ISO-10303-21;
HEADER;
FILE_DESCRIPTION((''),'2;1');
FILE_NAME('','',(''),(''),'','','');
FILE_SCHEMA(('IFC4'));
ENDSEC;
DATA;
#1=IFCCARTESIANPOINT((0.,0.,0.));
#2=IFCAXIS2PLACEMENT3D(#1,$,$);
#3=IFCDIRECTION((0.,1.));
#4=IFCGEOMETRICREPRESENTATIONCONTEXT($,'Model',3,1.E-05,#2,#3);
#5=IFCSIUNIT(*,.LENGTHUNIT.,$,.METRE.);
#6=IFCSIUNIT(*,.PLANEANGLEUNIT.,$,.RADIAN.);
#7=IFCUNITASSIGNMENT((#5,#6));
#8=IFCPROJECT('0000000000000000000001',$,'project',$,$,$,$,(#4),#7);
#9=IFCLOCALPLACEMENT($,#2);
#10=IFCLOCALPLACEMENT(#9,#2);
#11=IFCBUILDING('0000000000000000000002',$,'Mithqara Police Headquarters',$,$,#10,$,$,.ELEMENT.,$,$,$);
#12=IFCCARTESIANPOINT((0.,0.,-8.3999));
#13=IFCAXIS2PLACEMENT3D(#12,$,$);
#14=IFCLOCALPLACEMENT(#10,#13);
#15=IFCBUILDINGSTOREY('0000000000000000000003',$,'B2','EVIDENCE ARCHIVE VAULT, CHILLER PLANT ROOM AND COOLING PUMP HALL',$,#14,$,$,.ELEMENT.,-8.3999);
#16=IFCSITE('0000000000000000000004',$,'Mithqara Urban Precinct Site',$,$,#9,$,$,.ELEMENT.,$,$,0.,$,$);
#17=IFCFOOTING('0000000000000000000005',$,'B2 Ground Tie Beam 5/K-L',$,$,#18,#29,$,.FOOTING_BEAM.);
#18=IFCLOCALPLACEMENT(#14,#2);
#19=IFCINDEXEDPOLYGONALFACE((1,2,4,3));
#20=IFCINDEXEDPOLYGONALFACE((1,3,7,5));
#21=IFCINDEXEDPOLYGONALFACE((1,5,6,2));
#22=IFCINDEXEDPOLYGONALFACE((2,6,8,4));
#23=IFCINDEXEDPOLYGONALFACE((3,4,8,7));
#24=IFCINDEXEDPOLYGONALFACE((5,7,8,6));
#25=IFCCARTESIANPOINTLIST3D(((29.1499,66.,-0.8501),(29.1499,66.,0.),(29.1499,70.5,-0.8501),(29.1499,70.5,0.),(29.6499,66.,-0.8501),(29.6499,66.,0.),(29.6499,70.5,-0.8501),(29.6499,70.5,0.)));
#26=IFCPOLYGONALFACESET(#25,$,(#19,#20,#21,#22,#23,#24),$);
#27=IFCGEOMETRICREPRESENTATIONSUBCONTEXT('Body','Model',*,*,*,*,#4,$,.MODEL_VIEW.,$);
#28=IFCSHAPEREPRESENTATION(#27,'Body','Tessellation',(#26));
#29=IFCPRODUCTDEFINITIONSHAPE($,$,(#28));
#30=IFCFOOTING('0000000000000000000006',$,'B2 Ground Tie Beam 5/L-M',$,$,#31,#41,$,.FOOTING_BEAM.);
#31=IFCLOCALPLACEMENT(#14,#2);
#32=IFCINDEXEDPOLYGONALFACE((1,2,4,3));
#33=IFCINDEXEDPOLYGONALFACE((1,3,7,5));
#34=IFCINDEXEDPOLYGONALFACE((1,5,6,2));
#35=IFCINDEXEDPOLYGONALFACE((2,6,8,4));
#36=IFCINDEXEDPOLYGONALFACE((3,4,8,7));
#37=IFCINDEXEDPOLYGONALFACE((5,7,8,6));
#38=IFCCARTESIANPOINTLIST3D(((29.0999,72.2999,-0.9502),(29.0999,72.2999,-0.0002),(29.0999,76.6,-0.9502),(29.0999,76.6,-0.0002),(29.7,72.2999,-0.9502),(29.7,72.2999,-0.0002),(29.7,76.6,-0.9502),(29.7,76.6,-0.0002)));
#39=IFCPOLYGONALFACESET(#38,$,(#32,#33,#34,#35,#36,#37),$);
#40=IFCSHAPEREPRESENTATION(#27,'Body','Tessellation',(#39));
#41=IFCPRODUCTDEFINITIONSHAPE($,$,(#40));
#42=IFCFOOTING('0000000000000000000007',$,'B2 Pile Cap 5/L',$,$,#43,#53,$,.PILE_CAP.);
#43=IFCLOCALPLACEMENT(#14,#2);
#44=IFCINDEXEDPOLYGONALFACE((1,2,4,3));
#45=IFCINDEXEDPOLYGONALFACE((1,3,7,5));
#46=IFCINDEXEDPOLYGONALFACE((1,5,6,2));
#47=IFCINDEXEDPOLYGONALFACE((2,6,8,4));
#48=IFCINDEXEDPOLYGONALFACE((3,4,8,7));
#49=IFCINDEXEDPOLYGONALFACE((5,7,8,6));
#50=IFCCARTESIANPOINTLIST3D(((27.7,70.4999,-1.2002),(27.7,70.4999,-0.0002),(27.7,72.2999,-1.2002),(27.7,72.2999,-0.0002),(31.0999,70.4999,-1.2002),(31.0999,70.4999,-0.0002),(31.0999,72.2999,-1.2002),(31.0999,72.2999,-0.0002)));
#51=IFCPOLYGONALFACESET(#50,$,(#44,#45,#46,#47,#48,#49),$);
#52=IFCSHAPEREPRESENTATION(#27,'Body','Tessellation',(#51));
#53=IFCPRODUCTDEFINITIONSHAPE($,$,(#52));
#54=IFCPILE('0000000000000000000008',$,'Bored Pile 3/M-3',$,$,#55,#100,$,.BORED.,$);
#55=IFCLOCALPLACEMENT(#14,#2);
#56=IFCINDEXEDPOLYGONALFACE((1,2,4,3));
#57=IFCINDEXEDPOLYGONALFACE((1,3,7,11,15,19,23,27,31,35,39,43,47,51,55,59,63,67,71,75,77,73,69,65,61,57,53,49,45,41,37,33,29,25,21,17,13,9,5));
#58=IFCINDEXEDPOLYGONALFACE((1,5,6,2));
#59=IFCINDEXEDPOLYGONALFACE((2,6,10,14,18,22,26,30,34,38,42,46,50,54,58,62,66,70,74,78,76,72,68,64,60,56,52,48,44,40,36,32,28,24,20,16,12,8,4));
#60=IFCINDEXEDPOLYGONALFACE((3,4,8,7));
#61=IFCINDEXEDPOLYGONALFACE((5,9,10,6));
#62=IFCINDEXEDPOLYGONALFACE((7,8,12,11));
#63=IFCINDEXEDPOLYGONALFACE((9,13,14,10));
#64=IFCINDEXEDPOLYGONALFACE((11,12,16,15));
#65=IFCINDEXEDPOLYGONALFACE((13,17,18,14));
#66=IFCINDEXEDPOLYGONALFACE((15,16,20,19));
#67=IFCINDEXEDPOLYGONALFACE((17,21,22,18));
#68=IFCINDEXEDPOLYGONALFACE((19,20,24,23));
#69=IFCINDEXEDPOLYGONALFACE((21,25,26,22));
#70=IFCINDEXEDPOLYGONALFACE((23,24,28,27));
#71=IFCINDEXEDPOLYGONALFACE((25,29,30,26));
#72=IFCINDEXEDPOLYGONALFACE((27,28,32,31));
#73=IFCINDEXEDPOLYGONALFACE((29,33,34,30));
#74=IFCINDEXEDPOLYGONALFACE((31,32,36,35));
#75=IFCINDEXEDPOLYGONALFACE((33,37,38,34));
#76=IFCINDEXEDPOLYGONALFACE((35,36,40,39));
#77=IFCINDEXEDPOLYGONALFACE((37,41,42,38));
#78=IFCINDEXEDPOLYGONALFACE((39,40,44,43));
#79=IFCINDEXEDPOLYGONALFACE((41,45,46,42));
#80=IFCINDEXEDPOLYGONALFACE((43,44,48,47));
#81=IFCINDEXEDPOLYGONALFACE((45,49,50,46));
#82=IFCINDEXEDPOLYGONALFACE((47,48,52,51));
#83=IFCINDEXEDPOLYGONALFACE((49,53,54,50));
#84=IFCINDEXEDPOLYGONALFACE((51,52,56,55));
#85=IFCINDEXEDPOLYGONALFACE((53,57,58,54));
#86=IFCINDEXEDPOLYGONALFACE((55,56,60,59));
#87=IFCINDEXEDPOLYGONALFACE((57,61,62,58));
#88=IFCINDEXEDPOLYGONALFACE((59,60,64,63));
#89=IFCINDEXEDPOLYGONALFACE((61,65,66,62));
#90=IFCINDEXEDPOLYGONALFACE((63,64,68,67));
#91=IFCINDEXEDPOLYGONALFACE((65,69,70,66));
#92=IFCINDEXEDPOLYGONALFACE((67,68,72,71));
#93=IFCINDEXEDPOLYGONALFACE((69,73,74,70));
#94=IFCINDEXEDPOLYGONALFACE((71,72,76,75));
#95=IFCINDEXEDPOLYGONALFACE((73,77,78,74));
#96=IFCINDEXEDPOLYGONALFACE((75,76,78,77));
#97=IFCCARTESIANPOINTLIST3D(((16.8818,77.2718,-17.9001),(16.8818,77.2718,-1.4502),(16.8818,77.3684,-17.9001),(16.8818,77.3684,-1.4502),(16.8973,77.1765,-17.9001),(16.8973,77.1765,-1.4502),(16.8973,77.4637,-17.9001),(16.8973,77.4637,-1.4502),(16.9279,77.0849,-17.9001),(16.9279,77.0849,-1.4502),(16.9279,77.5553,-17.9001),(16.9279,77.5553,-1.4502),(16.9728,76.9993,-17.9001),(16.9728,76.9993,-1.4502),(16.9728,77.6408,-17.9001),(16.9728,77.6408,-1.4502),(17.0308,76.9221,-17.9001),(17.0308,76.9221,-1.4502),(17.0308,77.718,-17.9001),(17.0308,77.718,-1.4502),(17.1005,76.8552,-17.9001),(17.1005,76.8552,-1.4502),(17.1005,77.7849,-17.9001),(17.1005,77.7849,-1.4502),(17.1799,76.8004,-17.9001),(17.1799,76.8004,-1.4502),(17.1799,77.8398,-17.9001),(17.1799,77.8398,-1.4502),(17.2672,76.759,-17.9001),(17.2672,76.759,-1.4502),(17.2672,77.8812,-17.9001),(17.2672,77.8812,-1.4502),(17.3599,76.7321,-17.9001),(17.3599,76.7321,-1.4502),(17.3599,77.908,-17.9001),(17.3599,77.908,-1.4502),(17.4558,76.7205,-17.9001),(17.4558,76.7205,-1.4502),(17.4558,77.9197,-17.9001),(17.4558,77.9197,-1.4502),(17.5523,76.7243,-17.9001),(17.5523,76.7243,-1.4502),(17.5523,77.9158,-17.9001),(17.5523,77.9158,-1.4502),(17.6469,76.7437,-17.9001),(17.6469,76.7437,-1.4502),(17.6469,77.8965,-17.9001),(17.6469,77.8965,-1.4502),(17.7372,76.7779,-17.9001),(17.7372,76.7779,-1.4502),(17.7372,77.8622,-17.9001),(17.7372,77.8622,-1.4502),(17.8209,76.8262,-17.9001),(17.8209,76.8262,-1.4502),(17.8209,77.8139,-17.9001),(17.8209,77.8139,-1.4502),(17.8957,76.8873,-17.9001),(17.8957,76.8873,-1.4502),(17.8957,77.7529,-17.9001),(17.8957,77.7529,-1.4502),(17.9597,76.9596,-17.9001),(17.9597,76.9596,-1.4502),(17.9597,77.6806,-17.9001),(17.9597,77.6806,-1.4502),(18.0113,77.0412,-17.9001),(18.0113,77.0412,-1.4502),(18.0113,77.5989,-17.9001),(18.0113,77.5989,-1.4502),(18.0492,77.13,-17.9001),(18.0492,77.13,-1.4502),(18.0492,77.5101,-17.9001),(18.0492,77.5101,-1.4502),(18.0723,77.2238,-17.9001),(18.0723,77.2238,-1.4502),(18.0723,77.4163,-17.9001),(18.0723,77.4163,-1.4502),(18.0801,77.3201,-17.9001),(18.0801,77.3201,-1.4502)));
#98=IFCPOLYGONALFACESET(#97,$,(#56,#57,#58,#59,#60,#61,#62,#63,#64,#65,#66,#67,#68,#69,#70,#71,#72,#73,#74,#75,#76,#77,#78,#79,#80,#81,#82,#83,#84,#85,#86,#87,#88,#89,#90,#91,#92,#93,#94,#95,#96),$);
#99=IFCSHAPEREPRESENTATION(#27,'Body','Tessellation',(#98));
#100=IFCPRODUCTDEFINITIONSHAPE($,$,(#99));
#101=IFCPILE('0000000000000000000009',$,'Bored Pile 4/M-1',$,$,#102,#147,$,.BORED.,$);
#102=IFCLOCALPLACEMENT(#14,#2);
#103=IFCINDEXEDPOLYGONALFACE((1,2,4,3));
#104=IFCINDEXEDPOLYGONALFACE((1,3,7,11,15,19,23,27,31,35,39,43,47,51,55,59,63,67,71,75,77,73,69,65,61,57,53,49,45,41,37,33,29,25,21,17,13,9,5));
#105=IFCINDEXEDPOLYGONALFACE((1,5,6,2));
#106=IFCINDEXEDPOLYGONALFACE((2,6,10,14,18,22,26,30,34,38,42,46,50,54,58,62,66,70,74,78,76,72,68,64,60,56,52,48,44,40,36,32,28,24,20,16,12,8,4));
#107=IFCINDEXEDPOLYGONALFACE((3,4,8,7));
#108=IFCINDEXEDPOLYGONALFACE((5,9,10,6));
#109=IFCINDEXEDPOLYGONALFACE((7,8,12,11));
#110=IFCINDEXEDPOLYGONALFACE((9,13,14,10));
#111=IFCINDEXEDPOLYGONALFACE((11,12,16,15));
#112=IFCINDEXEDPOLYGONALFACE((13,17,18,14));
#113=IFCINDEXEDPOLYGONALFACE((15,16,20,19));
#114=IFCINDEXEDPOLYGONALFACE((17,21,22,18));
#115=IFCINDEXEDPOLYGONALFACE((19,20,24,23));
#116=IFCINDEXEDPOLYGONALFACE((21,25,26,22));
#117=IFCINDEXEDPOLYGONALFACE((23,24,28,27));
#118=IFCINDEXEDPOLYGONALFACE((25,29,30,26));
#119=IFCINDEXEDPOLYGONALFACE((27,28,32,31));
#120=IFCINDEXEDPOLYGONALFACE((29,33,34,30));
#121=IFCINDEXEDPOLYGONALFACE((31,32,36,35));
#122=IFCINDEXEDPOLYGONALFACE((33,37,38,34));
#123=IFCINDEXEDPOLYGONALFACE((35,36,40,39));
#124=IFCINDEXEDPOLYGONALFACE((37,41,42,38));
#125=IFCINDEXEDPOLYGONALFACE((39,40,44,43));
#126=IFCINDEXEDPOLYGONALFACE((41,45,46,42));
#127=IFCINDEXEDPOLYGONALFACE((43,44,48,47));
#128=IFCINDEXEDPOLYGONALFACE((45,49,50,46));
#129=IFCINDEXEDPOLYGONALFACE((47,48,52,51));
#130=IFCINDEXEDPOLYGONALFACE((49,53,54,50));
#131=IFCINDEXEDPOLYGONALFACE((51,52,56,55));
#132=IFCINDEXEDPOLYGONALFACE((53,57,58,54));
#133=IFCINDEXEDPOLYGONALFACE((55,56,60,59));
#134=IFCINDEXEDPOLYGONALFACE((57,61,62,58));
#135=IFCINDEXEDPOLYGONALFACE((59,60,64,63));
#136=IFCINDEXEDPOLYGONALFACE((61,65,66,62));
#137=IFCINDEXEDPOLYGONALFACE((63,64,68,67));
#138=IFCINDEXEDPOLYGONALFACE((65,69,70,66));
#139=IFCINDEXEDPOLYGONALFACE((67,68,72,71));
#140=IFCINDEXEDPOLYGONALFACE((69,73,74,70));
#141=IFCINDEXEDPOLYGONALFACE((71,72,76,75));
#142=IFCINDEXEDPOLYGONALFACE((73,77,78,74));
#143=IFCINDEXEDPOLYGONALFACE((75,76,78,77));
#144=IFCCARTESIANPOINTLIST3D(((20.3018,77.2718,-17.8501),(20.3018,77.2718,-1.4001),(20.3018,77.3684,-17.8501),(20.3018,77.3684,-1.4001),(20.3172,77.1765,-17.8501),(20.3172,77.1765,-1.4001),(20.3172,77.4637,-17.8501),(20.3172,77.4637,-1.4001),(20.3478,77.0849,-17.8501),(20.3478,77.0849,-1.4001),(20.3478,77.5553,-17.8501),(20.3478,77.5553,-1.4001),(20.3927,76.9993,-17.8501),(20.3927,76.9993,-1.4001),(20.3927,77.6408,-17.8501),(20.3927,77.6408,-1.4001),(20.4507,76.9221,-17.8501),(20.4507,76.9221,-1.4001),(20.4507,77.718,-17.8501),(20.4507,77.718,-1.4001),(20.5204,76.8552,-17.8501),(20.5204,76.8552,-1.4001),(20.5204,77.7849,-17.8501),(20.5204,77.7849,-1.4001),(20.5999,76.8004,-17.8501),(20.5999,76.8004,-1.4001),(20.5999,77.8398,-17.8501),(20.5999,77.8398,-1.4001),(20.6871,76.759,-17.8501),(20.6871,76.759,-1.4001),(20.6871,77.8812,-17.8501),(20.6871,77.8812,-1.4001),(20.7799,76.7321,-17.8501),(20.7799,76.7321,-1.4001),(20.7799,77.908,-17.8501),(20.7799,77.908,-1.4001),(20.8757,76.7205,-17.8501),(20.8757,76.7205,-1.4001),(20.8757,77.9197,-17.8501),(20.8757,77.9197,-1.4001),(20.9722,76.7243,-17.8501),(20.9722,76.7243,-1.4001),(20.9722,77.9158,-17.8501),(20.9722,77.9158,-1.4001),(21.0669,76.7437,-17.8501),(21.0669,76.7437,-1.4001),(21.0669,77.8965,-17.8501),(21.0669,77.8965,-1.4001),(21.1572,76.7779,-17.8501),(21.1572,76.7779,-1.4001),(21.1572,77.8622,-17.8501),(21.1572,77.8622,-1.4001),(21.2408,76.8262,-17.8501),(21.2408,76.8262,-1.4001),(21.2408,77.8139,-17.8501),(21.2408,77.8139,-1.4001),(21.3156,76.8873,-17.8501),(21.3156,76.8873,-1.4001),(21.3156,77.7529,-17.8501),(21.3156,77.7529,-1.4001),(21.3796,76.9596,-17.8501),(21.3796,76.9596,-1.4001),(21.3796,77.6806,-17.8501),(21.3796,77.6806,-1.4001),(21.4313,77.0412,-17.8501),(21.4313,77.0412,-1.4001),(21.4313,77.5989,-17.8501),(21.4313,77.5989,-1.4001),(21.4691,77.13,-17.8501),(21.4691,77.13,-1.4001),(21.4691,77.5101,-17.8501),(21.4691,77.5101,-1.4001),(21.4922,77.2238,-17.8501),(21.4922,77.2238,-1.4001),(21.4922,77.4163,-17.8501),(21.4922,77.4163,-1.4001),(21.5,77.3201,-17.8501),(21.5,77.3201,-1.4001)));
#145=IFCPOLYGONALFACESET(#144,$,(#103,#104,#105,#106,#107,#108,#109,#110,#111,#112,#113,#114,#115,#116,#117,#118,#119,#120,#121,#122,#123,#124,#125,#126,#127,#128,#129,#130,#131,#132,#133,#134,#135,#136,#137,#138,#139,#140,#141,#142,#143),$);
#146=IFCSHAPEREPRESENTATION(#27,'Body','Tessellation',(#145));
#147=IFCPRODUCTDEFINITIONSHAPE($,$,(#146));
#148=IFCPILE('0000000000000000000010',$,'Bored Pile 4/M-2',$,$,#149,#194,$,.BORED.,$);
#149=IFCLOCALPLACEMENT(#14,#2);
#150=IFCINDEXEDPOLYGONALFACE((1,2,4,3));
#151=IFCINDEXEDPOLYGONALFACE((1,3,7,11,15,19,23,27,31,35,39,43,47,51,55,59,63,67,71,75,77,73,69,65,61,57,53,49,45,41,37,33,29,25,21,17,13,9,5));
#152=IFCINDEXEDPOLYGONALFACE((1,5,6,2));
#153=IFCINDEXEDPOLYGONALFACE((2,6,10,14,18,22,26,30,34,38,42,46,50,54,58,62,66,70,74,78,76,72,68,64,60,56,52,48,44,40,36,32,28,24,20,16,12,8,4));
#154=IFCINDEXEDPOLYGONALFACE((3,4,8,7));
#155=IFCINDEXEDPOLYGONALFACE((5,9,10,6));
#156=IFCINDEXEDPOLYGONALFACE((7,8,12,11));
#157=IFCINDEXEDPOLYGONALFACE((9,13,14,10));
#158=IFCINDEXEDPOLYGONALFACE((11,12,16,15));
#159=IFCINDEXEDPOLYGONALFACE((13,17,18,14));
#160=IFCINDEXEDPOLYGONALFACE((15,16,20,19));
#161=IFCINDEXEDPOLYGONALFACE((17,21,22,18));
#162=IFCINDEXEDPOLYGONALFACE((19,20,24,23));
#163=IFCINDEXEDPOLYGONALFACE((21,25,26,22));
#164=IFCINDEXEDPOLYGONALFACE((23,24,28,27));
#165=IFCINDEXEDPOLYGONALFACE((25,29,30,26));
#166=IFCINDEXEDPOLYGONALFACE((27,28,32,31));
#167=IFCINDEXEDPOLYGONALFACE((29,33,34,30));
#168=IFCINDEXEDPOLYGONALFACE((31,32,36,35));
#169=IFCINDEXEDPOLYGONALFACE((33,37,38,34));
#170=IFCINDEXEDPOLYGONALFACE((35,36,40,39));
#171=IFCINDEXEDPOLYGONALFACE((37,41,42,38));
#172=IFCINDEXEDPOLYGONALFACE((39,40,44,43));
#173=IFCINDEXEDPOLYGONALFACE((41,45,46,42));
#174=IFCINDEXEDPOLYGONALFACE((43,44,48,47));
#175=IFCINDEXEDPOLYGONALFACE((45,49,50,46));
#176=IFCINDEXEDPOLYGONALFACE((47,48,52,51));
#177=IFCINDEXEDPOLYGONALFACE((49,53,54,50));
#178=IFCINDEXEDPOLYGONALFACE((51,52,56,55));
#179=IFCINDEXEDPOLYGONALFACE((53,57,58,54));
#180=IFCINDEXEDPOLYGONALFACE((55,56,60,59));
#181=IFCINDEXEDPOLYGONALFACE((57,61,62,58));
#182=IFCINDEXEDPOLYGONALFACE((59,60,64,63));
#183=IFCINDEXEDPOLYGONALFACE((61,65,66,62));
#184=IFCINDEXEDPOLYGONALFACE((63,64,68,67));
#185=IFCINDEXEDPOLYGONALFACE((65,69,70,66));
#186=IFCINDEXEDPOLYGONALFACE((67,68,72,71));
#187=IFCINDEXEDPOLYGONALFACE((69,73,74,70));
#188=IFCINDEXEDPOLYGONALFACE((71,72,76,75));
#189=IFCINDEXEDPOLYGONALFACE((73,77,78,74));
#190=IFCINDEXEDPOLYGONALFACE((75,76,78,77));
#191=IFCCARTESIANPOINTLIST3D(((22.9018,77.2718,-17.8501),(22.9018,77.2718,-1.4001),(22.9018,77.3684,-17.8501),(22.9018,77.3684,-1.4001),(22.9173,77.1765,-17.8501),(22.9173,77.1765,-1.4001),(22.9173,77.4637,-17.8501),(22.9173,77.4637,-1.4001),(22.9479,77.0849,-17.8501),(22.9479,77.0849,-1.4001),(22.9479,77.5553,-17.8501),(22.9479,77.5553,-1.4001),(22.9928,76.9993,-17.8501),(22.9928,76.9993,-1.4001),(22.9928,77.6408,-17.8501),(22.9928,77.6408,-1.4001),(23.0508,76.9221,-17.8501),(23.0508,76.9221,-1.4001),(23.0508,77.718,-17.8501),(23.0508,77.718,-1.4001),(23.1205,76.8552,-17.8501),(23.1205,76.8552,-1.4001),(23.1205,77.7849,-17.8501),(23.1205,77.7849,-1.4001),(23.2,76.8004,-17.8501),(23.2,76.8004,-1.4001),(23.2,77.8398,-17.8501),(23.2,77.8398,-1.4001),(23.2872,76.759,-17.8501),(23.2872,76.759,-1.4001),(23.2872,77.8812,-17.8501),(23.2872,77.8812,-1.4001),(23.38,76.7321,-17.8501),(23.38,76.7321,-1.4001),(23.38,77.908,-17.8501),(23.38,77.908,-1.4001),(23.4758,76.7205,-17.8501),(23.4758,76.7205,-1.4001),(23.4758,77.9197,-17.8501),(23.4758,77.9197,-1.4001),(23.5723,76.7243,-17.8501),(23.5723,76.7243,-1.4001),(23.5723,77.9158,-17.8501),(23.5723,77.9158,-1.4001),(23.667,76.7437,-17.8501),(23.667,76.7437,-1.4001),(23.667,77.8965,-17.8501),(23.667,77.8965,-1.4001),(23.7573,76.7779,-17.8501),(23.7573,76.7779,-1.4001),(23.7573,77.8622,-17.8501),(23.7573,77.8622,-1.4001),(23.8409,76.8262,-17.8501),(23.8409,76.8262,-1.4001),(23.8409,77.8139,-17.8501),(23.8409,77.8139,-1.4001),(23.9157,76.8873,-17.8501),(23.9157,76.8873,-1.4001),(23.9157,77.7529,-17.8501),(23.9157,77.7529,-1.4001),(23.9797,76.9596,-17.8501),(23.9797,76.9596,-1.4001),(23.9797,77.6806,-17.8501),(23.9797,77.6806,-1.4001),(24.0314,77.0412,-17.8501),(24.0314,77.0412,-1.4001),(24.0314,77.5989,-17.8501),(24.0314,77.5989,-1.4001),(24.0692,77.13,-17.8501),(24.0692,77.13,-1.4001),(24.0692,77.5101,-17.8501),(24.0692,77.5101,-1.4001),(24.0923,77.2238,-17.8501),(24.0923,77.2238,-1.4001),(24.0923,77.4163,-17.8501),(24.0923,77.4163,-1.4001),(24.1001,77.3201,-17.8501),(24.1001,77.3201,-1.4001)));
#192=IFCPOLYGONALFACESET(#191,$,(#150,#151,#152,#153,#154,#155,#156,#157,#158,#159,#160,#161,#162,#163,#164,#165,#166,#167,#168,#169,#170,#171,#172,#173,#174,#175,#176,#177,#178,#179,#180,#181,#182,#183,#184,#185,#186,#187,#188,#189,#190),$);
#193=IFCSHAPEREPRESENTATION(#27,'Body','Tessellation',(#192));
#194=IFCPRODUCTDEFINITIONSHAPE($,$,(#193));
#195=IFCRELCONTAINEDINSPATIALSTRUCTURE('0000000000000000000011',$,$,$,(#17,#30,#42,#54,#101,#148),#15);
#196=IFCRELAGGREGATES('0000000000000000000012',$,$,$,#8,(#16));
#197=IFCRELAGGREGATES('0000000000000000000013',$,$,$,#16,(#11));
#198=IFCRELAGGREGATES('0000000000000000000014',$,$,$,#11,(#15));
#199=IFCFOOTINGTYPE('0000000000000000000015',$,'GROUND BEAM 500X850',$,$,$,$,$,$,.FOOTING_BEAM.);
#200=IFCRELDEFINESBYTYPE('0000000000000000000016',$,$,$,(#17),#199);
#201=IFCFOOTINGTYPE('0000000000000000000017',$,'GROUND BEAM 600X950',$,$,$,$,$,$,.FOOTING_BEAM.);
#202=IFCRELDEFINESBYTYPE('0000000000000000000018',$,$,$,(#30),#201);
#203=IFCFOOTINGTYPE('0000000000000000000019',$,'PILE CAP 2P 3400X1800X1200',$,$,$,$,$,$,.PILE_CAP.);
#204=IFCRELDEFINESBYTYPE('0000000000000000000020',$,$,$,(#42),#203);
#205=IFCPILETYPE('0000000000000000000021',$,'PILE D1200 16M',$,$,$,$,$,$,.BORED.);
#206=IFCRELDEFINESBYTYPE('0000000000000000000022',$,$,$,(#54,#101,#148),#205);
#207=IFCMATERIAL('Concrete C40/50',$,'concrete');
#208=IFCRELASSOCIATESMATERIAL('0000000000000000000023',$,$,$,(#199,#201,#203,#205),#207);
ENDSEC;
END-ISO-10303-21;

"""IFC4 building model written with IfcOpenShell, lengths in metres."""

from ifc_helpers import new_model, si_unit, direction, frame, origin, origin_2d, place, context, subcontext, project, spatial, rectangle, circle, extrude, material, material_profile, profile_set, type_object, element, save


model = new_model("IFC4")

# Units and contexts
model_context = context("Model", 3, precision=1e-05, world=origin(), true_north=direction((0.0, 1.0)))
body_context = subcontext(model_context, "Body", "Model", "MODEL_VIEW")
ifc_project = project(units=[si_unit("LENGTHUNIT", "METRE"), si_unit("PLANEANGLEUNIT", "RADIAN")], contexts=[model_context])

# Site, building, storey
site_placement = place(None, origin())
site = spatial("IfcSite", under=ifc_project, at=site_placement, Name="Mithqara Urban Precinct Site", CompositionType="ELEMENT", RefElevation=0.0)
building_placement = place(site_placement, origin())
building = spatial("IfcBuilding", under=site, at=building_placement, Name="Mithqara Police Headquarters", CompositionType="ELEMENT")
storey_placement = place(building_placement, frame((0.0, 0.0, -8.3999)))
storey = spatial("IfcBuildingStorey", under=building, at=storey_placement, Name="B2", Description="EVIDENCE ARCHIVE VAULT, CHILLER PLANT ROOM AND COOLING PUMP HALL", CompositionType="ELEMENT", Elevation=-8.3999)

# Footings
ifc_material_1 = material(Name="Concrete C40/50", Category="concrete")
footing_type_1 = type_object("IfcFootingType", Name="GROUND BEAM 500X850", PredefinedType="FOOTING_BEAM", material=ifc_material_1)
footing_1_placement = place(storey_placement, frame((29.3999, 68.25, -0.8501), z_axis=(0.0, 0.0, 1.0), x_axis=(1.0, 0.0, 0.0)))
element("IfcFooting", 1, at=footing_1_placement, inside=storey, type_object=footing_type_1, Name="B2 Ground Tie Beam 5/K-L", PredefinedType="FOOTING_BEAM", context=body_context, shape_type="SweptSolid", body=[
    extrude(rectangle(XDim=0.5, YDim=4.5, at=origin_2d()), origin(), (0.0, 0.0, 1.0), 0.8501),
])
footing_type_2 = type_object("IfcFootingType", Name="GROUND BEAM 600X950", PredefinedType="FOOTING_BEAM", material=ifc_material_1)
footing_2_placement = place(storey_placement, frame((29.3999, 74.45, -0.9502), z_axis=(0.0, 0.0, 1.0), x_axis=(1.0, 0.0, 0.0)))
element("IfcFooting", 2, at=footing_2_placement, inside=storey, type_object=footing_type_2, Name="B2 Ground Tie Beam 5/L-M", PredefinedType="FOOTING_BEAM", context=body_context, shape_type="SweptSolid", body=[
    extrude(rectangle(XDim=0.6001, YDim=4.3, at=origin_2d()), origin(), (0.0, 0.0, 1.0), 0.95),
])
footing_type_3 = type_object("IfcFootingType", Name="PILE CAP 2P 3400X1800X1200", PredefinedType="PILE_CAP", material=ifc_material_1)
footing_3_placement = place(storey_placement, frame((29.3999, 71.3999, -1.2002), z_axis=(0.0, 0.0, 1.0), x_axis=(1.0, 0.0, 0.0)))
element("IfcFooting", 3, at=footing_3_placement, inside=storey, type_object=footing_type_3, Name="B2 Pile Cap 5/L", PredefinedType="PILE_CAP", context=body_context, shape_type="SweptSolid", body=[
    extrude(rectangle(XDim=3.3999, YDim=1.8, at=origin_2d()), origin(), (0.0, 0.0, 1.0), 1.2),
])

# Piles
ifc_material_profile_1 = material_profile(ifc_material_1, circle(Radius=0.6001, at=origin_2d()), Name="PILE D1200")
ifc_profile_set_1 = profile_set([ifc_material_profile_1], Name="Concrete C40/50")
pile_type_1 = type_object("IfcPileType", Name="PILE D1200 16M", PredefinedType="BORED", material=ifc_profile_set_1)
for number, where, z_axis, x_axis, name in (
    (4, (17.48, 77.3201, -1.4502), (0.0, 0.0, -1.0), (1.0, 0.0, 0.0), "Bored Pile 3/M-3"),
    (5, (20.8999, 77.3201, -1.4001), (0.0, 0.0, -1.0), (1.0, 0.0, 0.0), "Bored Pile 4/M-1"),
    (6, (23.5, 77.3201, -1.4001), (0.0, 0.0, -1.0), (1.0, 0.0, 0.0), "Bored Pile 4/M-2"),
):
    element("IfcPile", number, at=place(storey_placement, frame(where, z_axis=z_axis, x_axis=x_axis)), inside=storey, type_object=pile_type_1, Name=name, PredefinedType="BORED", context=body_context, shape_type="SweptSolid", body=[
        extrude(circle(Radius=0.6001, at=origin_2d()), origin(), (0.0, 0.0, 1.0), 16.45),
    ])

save(model, "model.ifc")
